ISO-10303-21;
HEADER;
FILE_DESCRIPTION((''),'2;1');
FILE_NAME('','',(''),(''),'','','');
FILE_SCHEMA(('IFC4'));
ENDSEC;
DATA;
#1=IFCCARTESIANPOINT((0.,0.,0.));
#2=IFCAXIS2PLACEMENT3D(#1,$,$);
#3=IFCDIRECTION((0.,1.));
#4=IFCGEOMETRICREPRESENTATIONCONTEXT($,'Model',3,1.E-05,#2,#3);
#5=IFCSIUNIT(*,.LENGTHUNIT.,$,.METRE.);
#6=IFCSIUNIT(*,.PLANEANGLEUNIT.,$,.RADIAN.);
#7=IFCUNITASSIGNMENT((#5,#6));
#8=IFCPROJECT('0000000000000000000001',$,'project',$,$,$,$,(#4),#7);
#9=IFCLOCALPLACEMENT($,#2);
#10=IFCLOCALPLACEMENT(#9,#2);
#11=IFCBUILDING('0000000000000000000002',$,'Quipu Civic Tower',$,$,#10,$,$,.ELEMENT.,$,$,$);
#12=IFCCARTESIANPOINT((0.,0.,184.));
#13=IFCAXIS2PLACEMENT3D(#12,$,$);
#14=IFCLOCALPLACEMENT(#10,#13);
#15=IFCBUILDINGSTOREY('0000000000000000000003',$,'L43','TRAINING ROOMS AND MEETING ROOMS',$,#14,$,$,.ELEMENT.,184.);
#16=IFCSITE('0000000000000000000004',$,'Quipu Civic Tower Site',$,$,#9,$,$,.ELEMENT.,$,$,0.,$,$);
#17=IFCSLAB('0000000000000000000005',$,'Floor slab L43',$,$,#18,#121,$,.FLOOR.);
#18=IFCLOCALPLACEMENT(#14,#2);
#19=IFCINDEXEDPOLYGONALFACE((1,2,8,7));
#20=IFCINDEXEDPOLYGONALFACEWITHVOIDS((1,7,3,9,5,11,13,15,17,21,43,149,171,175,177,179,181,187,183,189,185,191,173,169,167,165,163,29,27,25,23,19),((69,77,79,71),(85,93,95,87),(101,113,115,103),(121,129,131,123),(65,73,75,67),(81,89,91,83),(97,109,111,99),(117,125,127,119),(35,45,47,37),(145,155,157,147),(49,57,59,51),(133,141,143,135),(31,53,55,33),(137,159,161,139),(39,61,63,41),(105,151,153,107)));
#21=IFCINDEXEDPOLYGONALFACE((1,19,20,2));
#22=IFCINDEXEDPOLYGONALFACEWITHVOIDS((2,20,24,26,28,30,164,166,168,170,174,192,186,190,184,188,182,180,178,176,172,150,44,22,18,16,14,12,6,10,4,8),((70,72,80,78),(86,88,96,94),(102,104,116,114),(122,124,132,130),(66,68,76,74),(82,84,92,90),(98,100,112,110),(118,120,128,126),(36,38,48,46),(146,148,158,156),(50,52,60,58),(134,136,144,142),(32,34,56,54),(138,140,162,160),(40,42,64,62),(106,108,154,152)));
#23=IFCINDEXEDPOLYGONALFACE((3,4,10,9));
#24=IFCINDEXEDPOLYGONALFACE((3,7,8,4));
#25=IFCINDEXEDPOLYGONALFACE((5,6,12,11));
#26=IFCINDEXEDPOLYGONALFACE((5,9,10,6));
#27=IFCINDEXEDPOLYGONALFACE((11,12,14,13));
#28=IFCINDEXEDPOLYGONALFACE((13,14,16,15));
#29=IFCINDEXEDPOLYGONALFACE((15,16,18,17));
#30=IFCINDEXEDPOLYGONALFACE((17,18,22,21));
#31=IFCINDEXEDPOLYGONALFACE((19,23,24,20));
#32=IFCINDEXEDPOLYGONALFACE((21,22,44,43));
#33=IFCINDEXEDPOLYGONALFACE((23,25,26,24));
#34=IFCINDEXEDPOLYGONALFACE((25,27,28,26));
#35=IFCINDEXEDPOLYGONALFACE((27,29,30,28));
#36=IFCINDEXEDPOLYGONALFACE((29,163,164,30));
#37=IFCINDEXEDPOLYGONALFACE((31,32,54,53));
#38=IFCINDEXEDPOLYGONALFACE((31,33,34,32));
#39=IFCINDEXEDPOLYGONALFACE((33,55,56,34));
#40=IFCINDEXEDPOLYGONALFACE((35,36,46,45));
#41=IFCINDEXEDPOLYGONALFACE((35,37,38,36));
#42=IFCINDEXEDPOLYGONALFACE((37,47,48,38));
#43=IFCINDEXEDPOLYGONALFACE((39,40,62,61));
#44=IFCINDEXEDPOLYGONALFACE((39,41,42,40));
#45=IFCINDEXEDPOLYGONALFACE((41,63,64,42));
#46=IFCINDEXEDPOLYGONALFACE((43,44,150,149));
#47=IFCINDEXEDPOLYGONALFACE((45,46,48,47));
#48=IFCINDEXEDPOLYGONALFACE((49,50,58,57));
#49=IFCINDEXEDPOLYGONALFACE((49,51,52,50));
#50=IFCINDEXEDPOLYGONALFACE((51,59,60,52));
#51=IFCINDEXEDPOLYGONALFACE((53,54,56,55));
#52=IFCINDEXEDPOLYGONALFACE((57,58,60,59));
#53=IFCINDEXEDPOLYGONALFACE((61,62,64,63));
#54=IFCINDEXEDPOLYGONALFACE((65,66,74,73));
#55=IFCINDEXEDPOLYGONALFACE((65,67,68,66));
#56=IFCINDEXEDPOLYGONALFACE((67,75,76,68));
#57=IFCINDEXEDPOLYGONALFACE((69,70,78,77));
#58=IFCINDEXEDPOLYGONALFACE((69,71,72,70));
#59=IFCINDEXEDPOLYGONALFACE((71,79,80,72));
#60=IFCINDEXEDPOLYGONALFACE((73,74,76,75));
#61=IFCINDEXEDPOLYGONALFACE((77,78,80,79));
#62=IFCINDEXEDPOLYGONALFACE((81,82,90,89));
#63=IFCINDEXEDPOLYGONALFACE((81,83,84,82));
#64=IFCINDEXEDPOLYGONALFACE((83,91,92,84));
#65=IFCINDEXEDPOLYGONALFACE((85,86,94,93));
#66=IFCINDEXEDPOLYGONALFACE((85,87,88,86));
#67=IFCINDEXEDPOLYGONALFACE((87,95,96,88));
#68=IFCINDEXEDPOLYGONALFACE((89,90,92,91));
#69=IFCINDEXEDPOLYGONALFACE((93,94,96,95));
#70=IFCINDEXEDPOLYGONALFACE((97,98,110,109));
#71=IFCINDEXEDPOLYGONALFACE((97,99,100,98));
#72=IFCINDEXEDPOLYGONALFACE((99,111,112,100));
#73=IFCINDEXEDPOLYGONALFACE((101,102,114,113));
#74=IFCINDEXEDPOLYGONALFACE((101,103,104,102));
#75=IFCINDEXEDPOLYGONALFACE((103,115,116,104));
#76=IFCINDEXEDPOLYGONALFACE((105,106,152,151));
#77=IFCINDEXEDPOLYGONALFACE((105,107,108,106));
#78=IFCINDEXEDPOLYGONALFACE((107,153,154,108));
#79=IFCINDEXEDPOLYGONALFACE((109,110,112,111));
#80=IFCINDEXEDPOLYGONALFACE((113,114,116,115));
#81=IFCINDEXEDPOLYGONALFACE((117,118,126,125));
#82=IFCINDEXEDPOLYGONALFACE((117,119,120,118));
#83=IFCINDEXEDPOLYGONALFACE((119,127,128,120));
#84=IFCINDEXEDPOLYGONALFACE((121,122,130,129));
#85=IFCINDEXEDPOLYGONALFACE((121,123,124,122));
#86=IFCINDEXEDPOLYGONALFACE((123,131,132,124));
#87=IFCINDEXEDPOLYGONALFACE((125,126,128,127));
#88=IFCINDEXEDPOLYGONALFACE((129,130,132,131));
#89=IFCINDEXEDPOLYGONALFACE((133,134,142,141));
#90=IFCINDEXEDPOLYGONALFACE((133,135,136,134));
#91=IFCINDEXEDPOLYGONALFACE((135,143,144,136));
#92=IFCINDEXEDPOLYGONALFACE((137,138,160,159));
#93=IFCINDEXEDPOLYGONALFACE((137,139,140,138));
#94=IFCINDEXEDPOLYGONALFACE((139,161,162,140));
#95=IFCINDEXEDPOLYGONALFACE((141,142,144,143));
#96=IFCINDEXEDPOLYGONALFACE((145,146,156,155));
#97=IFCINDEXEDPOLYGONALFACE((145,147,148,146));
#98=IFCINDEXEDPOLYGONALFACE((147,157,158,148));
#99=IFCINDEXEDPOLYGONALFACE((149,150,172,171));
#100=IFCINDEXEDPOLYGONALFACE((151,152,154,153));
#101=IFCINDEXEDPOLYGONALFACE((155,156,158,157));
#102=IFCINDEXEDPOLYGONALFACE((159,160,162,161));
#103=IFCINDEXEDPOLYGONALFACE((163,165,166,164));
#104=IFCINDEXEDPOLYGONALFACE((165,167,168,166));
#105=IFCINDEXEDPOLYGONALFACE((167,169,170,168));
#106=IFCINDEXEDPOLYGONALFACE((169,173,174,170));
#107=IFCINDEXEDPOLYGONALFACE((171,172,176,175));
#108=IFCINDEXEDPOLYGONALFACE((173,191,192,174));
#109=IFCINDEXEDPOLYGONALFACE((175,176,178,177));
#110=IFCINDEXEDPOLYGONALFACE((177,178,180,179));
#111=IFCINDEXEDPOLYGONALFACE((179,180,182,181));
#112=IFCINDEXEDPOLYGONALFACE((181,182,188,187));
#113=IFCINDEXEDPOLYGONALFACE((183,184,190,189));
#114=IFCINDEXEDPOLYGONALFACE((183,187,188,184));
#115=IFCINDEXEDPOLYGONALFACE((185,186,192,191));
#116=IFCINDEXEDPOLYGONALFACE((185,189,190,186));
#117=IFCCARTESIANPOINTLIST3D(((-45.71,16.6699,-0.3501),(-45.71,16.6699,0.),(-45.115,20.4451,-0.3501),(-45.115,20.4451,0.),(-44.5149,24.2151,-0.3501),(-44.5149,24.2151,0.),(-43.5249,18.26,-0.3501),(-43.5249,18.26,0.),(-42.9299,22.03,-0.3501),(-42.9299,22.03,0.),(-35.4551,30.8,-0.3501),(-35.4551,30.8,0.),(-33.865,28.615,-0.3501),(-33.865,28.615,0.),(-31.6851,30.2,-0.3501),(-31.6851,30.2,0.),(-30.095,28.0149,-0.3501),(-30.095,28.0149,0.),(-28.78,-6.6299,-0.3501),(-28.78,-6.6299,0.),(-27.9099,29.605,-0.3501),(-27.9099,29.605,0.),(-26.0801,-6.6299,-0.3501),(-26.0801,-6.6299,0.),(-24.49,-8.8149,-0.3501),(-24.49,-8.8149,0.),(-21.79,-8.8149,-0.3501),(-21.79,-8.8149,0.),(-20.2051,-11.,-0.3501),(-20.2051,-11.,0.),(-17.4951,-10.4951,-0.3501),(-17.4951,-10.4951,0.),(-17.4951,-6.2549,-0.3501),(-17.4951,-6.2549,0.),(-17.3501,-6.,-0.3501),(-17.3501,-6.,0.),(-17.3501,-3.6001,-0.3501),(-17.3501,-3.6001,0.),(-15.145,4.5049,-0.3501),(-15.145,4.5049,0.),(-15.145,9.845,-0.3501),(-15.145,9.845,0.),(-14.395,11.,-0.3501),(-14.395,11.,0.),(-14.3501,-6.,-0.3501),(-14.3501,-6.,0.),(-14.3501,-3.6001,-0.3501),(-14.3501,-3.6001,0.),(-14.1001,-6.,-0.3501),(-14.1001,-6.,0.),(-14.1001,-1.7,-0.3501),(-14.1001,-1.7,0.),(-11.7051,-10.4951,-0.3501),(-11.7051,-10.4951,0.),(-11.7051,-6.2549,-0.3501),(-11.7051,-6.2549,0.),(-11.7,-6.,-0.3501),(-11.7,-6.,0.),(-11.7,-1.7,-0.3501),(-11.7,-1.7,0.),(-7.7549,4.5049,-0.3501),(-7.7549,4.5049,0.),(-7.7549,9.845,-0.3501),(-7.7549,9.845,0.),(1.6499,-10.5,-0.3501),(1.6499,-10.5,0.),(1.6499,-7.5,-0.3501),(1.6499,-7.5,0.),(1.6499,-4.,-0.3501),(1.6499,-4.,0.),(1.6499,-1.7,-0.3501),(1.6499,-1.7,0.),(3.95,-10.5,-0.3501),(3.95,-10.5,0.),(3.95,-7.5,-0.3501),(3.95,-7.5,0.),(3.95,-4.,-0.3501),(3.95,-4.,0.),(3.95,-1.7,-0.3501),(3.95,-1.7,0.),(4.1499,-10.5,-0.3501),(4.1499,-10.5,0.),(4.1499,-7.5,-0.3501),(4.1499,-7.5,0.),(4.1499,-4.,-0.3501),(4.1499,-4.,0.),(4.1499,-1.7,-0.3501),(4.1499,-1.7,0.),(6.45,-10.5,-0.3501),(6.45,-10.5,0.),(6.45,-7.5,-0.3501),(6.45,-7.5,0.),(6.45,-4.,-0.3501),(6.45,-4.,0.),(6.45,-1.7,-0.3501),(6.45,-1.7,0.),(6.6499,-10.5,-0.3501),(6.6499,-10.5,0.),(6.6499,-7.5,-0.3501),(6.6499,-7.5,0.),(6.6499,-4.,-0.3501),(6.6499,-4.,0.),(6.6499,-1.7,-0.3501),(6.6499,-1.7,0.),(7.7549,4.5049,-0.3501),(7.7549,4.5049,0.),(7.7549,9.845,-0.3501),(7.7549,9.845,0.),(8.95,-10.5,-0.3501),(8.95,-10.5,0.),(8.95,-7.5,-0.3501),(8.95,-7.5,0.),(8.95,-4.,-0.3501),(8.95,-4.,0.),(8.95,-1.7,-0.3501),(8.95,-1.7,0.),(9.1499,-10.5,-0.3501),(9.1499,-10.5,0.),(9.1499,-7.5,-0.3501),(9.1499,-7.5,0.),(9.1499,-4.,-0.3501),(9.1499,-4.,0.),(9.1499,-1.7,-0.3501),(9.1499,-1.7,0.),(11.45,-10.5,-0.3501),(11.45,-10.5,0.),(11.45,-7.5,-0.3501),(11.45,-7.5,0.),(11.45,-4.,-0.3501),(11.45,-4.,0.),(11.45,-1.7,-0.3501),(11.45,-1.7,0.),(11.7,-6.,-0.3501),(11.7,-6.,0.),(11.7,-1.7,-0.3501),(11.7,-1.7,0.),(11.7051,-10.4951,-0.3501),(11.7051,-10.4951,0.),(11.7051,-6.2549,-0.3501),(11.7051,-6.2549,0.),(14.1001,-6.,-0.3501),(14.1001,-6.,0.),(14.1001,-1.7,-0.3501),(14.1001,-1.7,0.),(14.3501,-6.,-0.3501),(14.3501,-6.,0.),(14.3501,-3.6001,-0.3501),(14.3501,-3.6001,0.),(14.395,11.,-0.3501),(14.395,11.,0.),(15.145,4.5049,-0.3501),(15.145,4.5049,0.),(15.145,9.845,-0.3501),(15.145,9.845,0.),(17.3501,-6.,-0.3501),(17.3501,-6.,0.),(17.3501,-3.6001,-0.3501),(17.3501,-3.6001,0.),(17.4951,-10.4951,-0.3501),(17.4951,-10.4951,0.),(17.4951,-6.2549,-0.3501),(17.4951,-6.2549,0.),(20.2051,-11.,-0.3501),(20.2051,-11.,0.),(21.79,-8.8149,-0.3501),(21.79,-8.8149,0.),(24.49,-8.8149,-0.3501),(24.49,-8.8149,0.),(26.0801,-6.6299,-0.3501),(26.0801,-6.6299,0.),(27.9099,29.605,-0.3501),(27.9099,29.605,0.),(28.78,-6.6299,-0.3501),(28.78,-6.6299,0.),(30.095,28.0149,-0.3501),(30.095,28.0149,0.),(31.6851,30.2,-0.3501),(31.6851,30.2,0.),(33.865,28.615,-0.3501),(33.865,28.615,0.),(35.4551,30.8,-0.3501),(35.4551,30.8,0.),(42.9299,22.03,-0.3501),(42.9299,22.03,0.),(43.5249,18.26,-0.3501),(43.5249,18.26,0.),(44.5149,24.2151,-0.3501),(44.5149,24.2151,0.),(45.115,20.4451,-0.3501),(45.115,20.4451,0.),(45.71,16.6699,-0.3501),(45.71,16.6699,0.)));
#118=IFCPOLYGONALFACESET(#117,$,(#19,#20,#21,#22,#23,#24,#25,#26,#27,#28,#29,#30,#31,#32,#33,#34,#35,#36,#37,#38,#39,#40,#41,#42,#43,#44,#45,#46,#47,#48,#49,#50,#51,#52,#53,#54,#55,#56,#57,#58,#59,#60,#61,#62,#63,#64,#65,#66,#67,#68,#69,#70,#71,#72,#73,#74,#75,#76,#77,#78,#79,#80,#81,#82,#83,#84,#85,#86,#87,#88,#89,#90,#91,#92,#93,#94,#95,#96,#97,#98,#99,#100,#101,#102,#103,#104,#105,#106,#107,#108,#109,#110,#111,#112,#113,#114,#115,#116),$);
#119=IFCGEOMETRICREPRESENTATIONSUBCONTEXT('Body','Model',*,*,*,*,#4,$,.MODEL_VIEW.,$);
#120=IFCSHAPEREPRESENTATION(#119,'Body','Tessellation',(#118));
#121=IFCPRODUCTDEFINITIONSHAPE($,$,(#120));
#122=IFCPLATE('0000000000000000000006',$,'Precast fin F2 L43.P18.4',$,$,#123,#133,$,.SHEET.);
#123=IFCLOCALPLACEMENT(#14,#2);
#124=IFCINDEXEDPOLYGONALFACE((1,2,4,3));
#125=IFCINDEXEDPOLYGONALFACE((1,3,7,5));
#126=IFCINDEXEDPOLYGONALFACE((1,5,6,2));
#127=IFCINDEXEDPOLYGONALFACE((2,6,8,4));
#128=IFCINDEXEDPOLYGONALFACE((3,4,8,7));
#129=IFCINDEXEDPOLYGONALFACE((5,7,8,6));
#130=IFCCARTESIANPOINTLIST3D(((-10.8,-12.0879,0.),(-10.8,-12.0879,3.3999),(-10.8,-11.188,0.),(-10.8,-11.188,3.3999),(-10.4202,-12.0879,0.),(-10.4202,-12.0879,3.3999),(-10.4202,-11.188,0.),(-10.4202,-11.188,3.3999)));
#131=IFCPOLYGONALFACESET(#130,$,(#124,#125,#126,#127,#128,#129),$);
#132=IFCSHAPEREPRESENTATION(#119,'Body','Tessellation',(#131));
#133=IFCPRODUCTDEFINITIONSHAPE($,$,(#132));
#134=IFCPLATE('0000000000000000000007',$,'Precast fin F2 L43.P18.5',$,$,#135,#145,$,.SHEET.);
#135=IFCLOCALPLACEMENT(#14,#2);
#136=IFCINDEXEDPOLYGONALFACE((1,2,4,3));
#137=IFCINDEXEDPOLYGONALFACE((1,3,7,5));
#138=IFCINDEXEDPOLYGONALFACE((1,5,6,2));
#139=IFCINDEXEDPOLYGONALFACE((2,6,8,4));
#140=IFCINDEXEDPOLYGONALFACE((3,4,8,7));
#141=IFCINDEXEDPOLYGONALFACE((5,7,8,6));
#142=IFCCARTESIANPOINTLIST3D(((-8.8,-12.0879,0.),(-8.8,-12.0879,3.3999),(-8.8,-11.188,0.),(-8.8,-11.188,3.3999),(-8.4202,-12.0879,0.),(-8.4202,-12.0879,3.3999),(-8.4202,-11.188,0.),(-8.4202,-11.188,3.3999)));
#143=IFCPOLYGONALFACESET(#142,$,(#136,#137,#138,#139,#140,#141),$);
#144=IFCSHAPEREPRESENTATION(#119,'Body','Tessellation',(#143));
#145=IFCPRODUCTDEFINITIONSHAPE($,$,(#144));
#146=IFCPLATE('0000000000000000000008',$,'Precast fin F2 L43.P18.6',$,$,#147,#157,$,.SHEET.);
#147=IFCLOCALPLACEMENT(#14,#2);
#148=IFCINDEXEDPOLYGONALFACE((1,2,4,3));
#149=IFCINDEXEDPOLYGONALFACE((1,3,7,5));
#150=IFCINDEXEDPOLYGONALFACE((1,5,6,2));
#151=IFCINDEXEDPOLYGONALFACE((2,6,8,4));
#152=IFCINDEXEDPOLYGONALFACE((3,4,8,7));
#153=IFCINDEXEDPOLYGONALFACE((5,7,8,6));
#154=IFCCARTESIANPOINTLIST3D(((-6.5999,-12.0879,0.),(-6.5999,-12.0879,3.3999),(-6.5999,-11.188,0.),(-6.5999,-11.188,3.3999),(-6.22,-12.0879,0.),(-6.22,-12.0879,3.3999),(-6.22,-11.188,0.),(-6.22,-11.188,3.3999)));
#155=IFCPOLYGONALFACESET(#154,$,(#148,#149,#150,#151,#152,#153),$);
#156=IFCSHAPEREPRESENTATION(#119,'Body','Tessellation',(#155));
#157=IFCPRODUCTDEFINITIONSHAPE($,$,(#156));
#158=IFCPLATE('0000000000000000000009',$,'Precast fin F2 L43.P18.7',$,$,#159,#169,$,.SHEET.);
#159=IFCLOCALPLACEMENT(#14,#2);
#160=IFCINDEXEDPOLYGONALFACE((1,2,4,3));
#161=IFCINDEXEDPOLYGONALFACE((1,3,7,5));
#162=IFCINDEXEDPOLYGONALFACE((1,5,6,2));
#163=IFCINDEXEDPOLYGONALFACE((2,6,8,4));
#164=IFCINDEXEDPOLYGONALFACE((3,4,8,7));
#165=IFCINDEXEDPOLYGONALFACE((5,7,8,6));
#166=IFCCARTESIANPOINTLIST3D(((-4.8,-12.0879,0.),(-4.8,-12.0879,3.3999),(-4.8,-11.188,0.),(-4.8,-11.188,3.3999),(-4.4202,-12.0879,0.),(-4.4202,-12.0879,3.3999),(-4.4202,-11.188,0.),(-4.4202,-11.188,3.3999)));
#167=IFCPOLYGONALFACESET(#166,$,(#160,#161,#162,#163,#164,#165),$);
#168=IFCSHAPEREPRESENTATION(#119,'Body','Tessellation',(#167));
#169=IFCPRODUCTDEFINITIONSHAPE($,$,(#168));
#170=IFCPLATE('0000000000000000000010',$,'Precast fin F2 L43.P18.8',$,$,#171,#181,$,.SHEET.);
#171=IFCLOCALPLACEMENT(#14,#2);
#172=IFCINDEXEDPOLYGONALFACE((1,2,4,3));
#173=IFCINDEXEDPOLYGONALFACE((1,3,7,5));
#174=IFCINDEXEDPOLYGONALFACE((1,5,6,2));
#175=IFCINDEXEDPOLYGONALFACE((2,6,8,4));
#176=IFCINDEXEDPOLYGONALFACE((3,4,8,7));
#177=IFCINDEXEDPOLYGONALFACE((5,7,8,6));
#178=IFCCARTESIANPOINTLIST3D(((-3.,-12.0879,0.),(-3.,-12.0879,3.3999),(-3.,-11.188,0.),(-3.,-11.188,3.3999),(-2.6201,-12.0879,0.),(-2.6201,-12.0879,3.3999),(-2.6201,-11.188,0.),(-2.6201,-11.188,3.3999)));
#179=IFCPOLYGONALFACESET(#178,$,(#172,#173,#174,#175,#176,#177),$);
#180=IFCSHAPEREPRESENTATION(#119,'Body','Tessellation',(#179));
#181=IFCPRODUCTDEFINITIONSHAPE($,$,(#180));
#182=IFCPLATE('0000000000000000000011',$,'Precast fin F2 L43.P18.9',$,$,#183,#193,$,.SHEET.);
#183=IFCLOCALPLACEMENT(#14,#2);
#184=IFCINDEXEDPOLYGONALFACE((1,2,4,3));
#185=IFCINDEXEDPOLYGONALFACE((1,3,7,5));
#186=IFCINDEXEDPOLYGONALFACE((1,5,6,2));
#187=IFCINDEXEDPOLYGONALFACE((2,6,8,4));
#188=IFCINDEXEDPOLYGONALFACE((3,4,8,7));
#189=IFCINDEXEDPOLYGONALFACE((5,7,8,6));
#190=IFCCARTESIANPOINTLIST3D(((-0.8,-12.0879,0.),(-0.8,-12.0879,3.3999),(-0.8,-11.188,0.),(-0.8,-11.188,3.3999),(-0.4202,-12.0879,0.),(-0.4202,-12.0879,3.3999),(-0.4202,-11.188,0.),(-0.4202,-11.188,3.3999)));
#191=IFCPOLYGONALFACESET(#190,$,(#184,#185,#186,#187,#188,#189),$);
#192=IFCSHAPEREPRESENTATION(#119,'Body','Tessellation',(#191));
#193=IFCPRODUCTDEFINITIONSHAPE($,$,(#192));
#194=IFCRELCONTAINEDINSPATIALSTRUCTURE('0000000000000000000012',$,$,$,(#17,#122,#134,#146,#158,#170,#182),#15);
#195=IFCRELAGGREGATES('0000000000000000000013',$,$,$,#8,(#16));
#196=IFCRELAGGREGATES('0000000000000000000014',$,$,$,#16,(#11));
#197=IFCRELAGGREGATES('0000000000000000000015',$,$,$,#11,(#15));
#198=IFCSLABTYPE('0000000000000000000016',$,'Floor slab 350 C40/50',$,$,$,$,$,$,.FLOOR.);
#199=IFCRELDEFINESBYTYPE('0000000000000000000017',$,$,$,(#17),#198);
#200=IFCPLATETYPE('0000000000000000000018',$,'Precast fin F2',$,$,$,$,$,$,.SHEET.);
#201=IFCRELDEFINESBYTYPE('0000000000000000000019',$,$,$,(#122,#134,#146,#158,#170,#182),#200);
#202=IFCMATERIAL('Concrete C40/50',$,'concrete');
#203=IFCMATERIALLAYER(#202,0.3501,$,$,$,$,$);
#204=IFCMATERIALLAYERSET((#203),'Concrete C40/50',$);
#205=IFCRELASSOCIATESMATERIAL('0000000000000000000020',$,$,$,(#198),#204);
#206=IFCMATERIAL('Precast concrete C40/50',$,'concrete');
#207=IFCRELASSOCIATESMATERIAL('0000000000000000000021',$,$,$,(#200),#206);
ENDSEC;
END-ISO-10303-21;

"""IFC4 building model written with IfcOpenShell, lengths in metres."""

from ifc_helpers import new_model, si_unit, direction, frame, origin, origin_2d, place, context, subcontext, project, spatial, polyline, rectangle, outline, extrude, material, layer, layer_set, type_object, element, save


model = new_model("IFC4")

# Units and contexts
model_context = context("Model", 3, precision=1e-05, world=origin(), true_north=direction((0.0, 1.0)))
body_context = subcontext(model_context, "Body", "Model", "MODEL_VIEW")
ifc_project = project(units=[si_unit("LENGTHUNIT", "METRE"), si_unit("PLANEANGLEUNIT", "RADIAN")], contexts=[model_context])

# Site, building, storey
site_placement = place(None, origin())
site = spatial("IfcSite", under=ifc_project, at=site_placement, Name="Quipu Civic Tower Site", CompositionType="ELEMENT", RefElevation=0.0)
building_placement = place(site_placement, origin())
building = spatial("IfcBuilding", under=site, at=building_placement, Name="Quipu Civic Tower", CompositionType="ELEMENT")
storey_placement = place(building_placement, frame((0.0, 0.0, 184.0)))
storey = spatial("IfcBuildingStorey", under=building, at=storey_placement, Name="L43", Description="TRAINING ROOMS AND MEETING ROOMS", CompositionType="ELEMENT", Elevation=184.0)

# Slab
ifc_material_1 = material(Name="Concrete C40/50", Category="concrete")
ifc_layer_1 = layer(ifc_material_1, 0.3501)
ifc_layer_set_1 = layer_set([ifc_layer_1], Name="Concrete C40/50")
slab_type_1 = type_object("IfcSlabType", Name="Floor slab 350 C40/50", PredefinedType="FLOOR", material=ifc_layer_set_1)
slab_1_placement = place(storey_placement, frame((0.0, 0.0, -0.3501)))
element("IfcSlab", 1, at=slab_1_placement, inside=storey, type_object=slab_type_1, Name="Floor slab L43", PredefinedType="FLOOR", context=body_context, shape_type="SweptSolid", body=[
    extrude(outline(polyline([(27.9099, 29.605), (30.095, 28.0149), (31.6851, 30.2), (33.865, 28.615), (35.4551, 30.8), (44.5149, 24.2151), (42.9299, 22.03), (45.115, 20.4451), (43.5249, 18.26), (45.71, 16.6699), (28.78, -6.6299), (26.0801, -6.6299), (24.49, -8.8149), (21.79, -8.8149), (20.2051, -11.0), (-20.2051, -11.0), (-21.79, -8.8149), (-24.49, -8.8149), (-26.0801, -6.6299), (-28.78, -6.6299), (-45.71, 16.6699), (-43.5249, 18.26), (-45.115, 20.4451), (-42.9299, 22.03), (-44.5149, 24.2151), (-35.4551, 30.8), (-33.865, 28.615), (-31.6851, 30.2), (-30.095, 28.0149), (-27.9099, 29.605), (-14.395, 11.0), (14.395, 11.0), (27.9099, 29.605)]), holes=[polyline([(1.6499, -7.5), (1.6499, -10.5), (3.95, -10.5), (3.95, -7.5), (1.6499, -7.5)]), polyline([(4.1499, -7.5), (4.1499, -10.5), (6.45, -10.5), (6.45, -7.5), (4.1499, -7.5)]), polyline([(-11.7051, -6.2549), (-17.4951, -6.2549), (-17.4951, -10.4951), (-11.7051, -10.4951), (-11.7051, -6.2549)]), polyline([(-17.3501, -3.6001), (-17.3501, -6.0), (-14.3501, -6.0), (-14.3501, -3.6001), (-17.3501, -3.6001)]), polyline([(-14.1001, -1.7), (-14.1001, -6.0), (-11.7, -6.0), (-11.7, -1.7), (-14.1001, -1.7)]), polyline([(1.6499, -1.7), (1.6499, -4.0), (3.95, -4.0), (3.95, -1.7), (1.6499, -1.7)]), polyline([(4.1499, -1.7), (4.1499, -4.0), (6.45, -4.0), (6.45, -1.7), (4.1499, -1.7)]), polyline([(-7.7549, 9.845), (-15.145, 9.845), (-15.145, 4.5049), (-7.7549, 4.5049), (-7.7549, 9.845)]), polyline([(6.6499, -7.5), (6.6499, -10.5), (8.95, -10.5), (8.95, -7.5), (6.6499, -7.5)]), polyline([(9.1499, -7.5), (9.1499, -10.5), (11.45, -10.5), (11.45, -7.5), (9.1499, -7.5)]), polyline([(11.7051, -10.4951), (17.4951, -10.4951), (17.4951, -6.2549), (11.7051, -6.2549), (11.7051, -10.4951)]), polyline([(14.3501, -3.6001), (14.3501, -6.0), (17.3501, -6.0), (17.3501, -3.6001), (14.3501, -3.6001)]), polyline([(11.7, -1.7), (11.7, -6.0), (14.1001, -6.0), (14.1001, -1.7), (11.7, -1.7)]), polyline([(6.6499, -1.7), (6.6499, -4.0), (8.95, -4.0), (8.95, -1.7), (6.6499, -1.7)]), polyline([(9.1499, -1.7), (9.1499, -4.0), (11.45, -4.0), (11.45, -1.7), (9.1499, -1.7)]), polyline([(7.7549, 4.5049), (15.145, 4.5049), (15.145, 9.845), (7.7549, 9.845), (7.7549, 4.5049)])]), origin(), (0.0, 0.0, 1.0), 0.3501),
])

# Plates
ifc_material_2 = material(Name="Precast concrete C40/50", Category="concrete")
plate_type = type_object("IfcPlateType", Name="Precast fin F2", PredefinedType="SHEET", material=ifc_material_2)
for number, where, z_axis, x_axis, name in (
    (2, (-10.6101, -11.6379, 0.0), (0.0, 0.0, 1.0), (1.0, 0.0, 0.0), "Precast fin F2 L43.P18.4"),
    (3, (-8.6101, -11.6379, 0.0), (0.0, 0.0, 1.0), (1.0, 0.0, 0.0), "Precast fin F2 L43.P18.5"),
    (4, (-6.4099, -11.6379, 0.0), (0.0, 0.0, 1.0), (1.0, 0.0, 0.0), "Precast fin F2 L43.P18.6"),
    (5, (-4.6101, -11.6379, 0.0), (0.0, 0.0, 1.0), (1.0, 0.0, 0.0), "Precast fin F2 L43.P18.7"),
    (6, (-2.8101, -11.6379, 0.0), (0.0, 0.0, 1.0), (1.0, 0.0, 0.0), "Precast fin F2 L43.P18.8"),
    (7, (-0.6101, -11.6379, 0.0), (0.0, 0.0, 1.0), (1.0, 0.0, 0.0), "Precast fin F2 L43.P18.9"),
):
    element("IfcPlate", number, at=place(storey_placement, frame(where, z_axis=z_axis, x_axis=x_axis)), inside=storey, type_object=plate_type, Name=name, PredefinedType="SHEET", context=body_context, shape_type="SweptSolid", body=[
        extrude(rectangle(XDim=0.3799, YDim=0.8999, at=origin_2d()), origin(), (0.0, 0.0, 1.0), 3.3999),
    ])

save(model, "model.ifc")
